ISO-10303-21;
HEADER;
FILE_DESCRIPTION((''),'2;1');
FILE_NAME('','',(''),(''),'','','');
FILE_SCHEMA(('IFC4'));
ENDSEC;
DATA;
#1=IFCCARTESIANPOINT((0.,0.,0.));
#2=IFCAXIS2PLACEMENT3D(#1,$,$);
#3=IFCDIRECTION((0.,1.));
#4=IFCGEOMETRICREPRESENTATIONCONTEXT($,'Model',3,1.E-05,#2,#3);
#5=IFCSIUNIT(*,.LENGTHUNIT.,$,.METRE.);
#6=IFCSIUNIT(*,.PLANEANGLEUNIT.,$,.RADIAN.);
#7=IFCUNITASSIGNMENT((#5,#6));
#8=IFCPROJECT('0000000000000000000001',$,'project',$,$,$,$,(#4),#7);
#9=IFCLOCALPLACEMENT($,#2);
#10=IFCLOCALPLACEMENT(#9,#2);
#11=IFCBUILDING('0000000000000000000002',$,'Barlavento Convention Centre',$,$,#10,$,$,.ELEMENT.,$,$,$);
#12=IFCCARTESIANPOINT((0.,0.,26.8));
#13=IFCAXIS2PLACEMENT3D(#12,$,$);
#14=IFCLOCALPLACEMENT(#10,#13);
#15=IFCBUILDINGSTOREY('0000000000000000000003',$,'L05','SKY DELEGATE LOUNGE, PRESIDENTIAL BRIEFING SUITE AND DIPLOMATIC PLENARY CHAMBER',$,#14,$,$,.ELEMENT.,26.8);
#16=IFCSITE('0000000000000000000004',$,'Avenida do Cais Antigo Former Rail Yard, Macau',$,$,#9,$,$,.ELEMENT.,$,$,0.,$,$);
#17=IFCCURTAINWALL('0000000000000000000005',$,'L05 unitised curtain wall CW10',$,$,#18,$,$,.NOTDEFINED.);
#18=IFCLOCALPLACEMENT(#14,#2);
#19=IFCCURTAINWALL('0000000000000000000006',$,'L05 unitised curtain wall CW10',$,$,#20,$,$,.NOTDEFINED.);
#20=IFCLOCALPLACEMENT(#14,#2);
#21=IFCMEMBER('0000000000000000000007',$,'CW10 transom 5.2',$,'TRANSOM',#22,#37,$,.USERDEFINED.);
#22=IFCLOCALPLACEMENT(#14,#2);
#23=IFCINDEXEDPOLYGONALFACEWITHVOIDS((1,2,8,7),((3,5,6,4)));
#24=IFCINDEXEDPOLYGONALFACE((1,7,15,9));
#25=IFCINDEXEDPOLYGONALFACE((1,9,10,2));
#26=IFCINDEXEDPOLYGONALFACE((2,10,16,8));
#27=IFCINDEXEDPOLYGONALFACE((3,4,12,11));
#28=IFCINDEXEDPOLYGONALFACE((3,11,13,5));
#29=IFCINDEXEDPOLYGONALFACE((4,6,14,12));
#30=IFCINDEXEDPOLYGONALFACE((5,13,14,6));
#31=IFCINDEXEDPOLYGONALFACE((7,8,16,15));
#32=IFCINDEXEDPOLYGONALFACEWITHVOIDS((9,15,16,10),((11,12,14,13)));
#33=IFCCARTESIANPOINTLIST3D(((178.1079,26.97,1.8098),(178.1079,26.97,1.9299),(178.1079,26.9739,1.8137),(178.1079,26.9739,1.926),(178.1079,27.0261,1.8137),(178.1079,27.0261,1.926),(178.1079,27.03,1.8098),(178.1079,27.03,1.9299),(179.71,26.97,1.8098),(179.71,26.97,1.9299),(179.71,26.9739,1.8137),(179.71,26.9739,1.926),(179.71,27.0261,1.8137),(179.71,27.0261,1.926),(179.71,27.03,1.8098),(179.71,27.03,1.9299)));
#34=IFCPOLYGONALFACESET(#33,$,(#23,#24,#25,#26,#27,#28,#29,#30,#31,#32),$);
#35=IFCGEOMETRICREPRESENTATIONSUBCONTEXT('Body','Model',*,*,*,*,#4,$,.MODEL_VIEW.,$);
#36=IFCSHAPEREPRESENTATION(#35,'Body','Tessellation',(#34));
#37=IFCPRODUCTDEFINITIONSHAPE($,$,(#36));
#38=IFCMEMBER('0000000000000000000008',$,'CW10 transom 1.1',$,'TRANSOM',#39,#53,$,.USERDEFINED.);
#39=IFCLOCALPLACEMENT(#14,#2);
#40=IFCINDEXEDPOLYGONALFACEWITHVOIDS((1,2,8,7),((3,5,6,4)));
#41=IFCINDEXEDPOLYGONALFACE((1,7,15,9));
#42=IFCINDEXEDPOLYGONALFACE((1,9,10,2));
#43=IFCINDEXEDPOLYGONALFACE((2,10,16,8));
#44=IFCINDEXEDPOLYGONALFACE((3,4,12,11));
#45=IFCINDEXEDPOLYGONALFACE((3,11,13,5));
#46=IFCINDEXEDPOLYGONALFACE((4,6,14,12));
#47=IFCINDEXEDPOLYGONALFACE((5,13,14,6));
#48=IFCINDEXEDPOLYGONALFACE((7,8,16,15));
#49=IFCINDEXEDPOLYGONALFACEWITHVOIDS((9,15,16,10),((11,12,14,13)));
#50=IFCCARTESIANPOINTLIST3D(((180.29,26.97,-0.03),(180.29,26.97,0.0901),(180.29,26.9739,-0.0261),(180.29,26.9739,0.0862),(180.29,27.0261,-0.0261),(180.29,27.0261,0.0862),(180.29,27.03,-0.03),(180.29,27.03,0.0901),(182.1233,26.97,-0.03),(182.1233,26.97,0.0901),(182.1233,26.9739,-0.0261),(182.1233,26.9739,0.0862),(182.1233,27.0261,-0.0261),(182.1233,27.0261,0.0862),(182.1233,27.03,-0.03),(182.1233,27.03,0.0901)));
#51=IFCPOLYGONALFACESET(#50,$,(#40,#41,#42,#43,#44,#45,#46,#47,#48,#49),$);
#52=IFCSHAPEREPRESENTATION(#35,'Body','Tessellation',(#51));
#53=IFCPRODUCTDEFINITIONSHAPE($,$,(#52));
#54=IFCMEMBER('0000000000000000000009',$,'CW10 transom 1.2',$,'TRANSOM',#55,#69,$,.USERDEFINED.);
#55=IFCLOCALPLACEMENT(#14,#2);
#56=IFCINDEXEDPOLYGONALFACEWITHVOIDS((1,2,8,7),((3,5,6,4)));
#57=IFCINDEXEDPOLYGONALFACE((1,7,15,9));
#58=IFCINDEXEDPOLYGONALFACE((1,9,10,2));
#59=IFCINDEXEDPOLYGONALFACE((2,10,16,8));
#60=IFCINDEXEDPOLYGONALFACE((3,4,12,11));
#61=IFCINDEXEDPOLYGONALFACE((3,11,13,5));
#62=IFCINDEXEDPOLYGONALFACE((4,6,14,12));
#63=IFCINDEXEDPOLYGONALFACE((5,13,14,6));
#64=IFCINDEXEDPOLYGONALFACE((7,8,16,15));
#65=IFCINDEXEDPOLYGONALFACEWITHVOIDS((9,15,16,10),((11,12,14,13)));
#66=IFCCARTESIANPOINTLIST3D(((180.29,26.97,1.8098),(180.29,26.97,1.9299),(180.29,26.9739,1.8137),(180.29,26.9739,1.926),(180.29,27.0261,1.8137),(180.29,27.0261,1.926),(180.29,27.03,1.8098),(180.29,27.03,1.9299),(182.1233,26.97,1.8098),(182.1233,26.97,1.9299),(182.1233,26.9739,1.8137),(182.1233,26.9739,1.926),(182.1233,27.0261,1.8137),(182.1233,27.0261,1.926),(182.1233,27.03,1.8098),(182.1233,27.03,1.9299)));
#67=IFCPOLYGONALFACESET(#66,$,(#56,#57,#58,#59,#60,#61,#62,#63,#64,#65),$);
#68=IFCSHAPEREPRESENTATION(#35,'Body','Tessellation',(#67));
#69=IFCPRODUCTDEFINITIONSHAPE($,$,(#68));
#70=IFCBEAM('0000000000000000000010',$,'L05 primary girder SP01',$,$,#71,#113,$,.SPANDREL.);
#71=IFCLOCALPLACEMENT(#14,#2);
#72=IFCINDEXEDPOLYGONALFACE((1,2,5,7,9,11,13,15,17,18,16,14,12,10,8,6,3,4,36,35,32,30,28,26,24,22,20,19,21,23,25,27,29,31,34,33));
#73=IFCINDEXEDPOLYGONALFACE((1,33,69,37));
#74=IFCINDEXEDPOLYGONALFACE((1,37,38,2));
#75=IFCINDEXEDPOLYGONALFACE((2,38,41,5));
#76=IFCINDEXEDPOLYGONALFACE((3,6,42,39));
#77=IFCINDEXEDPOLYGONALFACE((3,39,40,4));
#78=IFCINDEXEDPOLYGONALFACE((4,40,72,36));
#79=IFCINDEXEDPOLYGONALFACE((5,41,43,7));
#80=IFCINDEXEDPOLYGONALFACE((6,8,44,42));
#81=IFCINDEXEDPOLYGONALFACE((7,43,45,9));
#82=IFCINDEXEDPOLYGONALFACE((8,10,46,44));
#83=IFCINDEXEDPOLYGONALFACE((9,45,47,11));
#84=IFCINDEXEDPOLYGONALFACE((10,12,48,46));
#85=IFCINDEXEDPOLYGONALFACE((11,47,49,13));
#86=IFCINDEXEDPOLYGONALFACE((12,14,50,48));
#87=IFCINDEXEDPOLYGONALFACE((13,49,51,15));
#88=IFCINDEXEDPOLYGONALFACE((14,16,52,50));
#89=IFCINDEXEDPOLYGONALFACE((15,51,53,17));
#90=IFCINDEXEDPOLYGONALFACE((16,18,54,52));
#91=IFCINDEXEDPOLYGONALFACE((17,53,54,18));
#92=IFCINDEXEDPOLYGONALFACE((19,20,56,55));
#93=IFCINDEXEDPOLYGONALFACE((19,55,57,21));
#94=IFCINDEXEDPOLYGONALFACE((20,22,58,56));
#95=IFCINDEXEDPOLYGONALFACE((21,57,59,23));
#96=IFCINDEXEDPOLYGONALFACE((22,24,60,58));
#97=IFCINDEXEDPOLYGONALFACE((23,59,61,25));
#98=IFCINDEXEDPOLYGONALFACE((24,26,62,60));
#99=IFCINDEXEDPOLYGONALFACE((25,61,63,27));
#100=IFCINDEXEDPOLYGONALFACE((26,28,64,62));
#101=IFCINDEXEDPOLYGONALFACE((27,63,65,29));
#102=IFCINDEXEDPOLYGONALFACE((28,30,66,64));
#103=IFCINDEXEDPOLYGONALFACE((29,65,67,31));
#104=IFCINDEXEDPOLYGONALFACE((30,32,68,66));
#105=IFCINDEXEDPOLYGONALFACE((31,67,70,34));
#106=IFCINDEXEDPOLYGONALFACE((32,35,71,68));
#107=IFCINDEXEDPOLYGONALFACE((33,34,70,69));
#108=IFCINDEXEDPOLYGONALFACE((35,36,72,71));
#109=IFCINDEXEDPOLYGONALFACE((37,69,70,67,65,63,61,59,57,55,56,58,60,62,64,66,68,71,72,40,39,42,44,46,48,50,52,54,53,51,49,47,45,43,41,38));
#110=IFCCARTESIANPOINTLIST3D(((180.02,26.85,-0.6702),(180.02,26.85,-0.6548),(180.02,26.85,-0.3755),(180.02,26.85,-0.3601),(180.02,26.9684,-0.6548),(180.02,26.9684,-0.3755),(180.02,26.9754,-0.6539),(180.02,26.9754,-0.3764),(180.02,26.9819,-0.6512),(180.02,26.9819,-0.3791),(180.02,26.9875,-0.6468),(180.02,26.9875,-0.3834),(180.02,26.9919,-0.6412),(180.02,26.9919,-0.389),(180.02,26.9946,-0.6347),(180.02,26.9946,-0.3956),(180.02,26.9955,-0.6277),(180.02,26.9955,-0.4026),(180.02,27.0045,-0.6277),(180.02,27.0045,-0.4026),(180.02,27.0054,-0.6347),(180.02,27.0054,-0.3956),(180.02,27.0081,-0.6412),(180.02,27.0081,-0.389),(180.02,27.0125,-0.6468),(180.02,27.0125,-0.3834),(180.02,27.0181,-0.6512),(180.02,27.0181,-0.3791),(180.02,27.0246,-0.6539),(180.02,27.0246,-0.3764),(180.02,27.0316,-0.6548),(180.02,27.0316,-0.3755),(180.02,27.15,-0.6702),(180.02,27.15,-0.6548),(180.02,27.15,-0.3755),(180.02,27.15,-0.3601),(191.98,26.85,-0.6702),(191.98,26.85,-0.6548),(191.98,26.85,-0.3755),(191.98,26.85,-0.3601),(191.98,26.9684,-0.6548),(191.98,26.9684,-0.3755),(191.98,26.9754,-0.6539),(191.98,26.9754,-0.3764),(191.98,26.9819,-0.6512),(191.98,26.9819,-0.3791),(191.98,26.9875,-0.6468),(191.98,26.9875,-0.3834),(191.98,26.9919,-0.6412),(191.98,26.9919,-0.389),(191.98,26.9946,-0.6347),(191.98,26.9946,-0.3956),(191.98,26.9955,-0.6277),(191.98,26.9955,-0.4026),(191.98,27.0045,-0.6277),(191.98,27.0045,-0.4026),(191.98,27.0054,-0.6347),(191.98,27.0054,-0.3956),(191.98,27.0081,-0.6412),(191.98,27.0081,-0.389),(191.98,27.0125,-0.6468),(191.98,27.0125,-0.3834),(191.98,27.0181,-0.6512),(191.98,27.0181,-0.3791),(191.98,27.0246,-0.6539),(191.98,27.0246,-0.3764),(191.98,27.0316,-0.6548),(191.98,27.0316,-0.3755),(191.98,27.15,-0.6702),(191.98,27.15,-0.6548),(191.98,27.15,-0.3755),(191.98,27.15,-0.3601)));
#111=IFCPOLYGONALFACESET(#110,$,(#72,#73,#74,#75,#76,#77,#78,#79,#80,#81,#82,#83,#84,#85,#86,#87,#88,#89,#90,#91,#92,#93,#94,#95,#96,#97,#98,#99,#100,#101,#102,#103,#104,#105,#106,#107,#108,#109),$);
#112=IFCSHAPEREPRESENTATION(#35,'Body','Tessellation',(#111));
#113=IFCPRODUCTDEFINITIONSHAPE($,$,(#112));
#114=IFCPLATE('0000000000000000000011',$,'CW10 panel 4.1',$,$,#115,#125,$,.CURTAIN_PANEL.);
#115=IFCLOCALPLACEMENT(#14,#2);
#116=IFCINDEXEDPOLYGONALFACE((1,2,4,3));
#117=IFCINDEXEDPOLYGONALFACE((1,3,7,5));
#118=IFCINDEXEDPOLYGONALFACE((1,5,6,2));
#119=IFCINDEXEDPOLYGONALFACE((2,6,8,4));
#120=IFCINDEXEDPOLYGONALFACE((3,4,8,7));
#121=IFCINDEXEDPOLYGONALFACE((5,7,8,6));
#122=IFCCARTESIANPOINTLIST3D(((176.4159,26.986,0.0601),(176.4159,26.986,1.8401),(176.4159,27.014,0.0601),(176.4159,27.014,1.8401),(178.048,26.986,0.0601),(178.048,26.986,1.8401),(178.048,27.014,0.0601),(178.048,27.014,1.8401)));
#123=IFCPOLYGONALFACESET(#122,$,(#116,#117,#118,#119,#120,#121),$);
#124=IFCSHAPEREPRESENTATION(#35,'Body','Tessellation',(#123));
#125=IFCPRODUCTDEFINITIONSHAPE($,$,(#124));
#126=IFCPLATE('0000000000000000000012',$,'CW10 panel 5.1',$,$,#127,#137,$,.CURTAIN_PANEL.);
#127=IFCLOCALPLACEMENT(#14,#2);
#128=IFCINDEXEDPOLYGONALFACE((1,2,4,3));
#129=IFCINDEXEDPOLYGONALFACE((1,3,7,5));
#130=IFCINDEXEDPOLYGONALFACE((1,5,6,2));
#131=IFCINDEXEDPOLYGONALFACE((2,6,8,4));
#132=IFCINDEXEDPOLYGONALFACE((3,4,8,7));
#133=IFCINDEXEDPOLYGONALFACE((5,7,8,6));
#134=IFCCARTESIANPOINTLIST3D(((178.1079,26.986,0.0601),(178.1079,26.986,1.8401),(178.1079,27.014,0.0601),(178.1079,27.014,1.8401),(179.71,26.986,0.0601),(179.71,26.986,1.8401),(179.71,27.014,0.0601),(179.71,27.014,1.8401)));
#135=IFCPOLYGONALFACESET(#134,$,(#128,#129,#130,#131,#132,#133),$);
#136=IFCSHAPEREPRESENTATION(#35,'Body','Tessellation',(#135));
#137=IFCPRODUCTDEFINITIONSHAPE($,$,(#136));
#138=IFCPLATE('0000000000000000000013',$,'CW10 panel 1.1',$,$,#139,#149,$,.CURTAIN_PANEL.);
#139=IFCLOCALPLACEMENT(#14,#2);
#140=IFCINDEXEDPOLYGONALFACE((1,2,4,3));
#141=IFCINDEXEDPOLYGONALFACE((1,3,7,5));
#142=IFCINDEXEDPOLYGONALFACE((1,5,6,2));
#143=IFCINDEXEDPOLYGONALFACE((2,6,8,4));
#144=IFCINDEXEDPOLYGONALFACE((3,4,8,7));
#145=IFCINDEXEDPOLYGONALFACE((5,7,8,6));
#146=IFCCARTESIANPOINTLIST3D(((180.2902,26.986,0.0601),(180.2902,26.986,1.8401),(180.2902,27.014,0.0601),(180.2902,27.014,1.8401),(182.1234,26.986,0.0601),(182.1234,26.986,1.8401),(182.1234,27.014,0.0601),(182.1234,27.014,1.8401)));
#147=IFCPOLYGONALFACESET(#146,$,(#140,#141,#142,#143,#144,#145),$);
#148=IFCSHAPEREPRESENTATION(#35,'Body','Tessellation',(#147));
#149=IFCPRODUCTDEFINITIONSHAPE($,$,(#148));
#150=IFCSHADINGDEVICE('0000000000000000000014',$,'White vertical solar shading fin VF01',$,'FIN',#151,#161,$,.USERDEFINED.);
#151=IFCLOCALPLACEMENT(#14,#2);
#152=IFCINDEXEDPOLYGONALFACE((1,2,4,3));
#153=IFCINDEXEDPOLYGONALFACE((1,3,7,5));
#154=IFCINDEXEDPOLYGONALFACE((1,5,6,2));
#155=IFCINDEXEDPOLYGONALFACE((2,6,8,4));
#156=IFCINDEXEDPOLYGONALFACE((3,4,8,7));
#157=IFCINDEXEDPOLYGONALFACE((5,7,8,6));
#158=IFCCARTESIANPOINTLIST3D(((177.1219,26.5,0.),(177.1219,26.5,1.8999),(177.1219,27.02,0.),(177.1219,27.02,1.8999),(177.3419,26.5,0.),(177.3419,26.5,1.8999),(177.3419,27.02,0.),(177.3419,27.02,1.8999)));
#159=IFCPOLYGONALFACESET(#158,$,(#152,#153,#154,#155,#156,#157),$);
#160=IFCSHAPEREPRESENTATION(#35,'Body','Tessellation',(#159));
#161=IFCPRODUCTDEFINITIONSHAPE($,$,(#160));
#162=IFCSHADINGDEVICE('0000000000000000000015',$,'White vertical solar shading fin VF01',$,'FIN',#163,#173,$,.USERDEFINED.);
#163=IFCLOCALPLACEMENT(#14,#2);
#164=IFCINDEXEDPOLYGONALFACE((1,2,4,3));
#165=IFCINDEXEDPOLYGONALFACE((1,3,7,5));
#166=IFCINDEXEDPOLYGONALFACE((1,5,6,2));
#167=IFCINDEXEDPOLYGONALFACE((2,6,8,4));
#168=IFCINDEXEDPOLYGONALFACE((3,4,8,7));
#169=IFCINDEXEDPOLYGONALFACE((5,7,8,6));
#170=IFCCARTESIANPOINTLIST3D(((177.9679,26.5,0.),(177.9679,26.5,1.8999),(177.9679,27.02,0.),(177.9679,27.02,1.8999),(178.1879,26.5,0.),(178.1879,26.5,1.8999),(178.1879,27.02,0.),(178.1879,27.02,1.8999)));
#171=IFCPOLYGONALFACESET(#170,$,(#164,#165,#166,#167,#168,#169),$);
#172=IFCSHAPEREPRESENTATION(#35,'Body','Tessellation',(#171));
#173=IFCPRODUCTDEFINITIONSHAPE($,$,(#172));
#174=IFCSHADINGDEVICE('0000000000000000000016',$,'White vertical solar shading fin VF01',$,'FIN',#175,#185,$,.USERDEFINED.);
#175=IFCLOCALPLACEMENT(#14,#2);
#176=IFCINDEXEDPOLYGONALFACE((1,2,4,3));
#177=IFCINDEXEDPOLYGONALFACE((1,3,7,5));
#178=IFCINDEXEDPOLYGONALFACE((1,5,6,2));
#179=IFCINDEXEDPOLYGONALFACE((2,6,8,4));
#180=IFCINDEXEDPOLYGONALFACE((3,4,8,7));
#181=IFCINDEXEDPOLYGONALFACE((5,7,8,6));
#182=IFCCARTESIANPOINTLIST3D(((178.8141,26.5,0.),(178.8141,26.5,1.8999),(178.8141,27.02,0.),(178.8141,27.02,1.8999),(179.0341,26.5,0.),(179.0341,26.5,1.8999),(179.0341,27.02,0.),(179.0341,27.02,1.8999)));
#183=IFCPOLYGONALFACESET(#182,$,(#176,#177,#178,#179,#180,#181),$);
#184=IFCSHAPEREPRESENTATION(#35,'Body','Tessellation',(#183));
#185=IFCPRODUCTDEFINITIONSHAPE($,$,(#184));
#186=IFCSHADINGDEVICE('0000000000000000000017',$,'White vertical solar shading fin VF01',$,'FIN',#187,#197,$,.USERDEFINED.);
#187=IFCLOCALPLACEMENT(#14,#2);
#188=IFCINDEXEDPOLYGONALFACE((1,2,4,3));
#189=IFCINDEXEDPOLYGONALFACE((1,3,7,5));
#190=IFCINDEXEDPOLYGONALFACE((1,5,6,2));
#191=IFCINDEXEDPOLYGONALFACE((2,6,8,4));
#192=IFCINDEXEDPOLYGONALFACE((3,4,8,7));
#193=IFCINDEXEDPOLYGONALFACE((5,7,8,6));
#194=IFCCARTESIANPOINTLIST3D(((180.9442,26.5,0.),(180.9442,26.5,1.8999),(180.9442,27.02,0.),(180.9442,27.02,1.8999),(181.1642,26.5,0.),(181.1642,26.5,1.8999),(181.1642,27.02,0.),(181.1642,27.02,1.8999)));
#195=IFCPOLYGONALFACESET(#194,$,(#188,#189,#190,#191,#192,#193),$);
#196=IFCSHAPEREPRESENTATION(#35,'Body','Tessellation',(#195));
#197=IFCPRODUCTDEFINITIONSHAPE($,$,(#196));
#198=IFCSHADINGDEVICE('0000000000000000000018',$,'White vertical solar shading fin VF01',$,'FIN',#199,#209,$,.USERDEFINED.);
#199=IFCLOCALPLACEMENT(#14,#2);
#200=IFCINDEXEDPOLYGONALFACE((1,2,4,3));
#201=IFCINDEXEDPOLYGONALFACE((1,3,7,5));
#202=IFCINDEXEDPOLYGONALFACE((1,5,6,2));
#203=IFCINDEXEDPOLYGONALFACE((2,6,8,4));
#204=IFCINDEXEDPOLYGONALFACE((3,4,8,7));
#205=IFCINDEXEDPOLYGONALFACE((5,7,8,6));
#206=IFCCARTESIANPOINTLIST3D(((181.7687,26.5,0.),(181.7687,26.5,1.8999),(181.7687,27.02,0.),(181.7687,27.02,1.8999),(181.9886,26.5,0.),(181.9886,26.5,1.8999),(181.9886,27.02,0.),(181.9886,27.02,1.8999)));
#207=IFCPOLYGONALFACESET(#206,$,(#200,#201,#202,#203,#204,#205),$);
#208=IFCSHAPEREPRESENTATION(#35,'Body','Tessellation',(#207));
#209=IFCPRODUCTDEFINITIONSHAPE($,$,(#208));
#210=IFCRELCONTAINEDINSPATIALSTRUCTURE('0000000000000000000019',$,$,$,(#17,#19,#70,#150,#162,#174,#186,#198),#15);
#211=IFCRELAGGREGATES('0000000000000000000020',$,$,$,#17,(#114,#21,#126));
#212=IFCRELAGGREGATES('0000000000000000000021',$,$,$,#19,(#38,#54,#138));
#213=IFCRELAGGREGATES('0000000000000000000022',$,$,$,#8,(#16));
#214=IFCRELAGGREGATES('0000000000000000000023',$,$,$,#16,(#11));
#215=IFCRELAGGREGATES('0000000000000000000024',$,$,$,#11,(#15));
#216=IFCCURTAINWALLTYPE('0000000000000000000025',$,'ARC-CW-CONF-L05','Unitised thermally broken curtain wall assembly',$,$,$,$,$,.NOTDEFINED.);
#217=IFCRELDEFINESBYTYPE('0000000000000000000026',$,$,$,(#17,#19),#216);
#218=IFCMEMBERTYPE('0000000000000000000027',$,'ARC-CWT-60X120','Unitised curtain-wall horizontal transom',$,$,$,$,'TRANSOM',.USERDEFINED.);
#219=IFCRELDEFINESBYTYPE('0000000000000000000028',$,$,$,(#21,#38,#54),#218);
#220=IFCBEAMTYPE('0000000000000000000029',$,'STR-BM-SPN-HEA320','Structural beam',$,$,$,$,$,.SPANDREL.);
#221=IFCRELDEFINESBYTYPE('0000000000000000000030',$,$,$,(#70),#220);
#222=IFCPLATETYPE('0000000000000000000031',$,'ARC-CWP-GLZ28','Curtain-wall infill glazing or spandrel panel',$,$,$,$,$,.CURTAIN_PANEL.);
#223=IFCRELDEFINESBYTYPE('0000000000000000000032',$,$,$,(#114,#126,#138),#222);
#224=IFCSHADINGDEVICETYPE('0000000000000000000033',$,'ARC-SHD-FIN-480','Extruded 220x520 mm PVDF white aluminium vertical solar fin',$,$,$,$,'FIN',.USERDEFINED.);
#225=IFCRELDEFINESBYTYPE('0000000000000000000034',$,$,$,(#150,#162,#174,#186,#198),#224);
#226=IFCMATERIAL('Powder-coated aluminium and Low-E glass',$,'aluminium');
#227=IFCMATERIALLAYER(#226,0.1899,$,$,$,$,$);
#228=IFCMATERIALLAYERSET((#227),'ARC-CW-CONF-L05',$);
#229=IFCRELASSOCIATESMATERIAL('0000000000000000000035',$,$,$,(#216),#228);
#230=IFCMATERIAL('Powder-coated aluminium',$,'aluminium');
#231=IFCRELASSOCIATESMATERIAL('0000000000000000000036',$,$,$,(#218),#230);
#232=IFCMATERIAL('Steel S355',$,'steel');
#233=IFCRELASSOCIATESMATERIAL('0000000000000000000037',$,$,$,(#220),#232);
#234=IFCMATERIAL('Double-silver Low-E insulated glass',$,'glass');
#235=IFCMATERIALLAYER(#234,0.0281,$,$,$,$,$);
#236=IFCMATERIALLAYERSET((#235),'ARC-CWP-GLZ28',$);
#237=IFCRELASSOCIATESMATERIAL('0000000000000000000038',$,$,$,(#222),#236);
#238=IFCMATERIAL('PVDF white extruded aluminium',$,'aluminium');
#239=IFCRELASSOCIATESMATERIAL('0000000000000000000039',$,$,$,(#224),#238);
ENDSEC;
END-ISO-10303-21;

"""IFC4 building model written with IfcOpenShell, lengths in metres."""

from ifc_helpers import new_model, si_unit, direction, frame, origin, origin_2d, place, context, subcontext, project, spatial, rectangle, hollow_rectangle, i_section, extrude, material, layer, layer_set, material_profile, profile_set, type_object, element, aggregate, save


model = new_model("IFC4")

# Units and contexts
model_context = context("Model", 3, precision=1e-05, world=origin(), true_north=direction((0.0, 1.0)))
body_context = subcontext(model_context, "Body", "Model", "MODEL_VIEW")
ifc_project = project(units=[si_unit("LENGTHUNIT", "METRE"), si_unit("PLANEANGLEUNIT", "RADIAN")], contexts=[model_context])

# Site, building, storey
site_placement = place(None, origin())
site = spatial("IfcSite", under=ifc_project, at=site_placement, Name="Avenida do Cais Antigo Former Rail Yard, Macau", CompositionType="ELEMENT", RefElevation=0.0)
building_placement = place(site_placement, origin())
building = spatial("IfcBuilding", under=site, at=building_placement, Name="Barlavento Convention Centre", CompositionType="ELEMENT")
storey_placement = place(building_placement, frame((0.0, 0.0, 26.8)))
storey = spatial("IfcBuildingStorey", under=building, at=storey_placement, Name="L05", Description="SKY DELEGATE LOUNGE, PRESIDENTIAL BRIEFING SUITE AND DIPLOMATIC PLENARY CHAMBER", CompositionType="ELEMENT", Elevation=26.8)

# Shared definitions
ifc_material_1 = material(Name="Steel S355", Category="steel")

# Curtain walls
ifc_material_2 = material(Name="Powder-coated aluminium and Low-E glass", Category="aluminium")
ifc_layer_1 = layer(ifc_material_2, 0.1899)
ifc_layer_set_1 = layer_set([ifc_layer_1], Name="ARC-CW-CONF-L05")
curtain_wall_type = type_object("IfcCurtainWallType", Name="ARC-CW-CONF-L05", Description="Unitised thermally broken curtain wall assembly", PredefinedType="NOTDEFINED", material=ifc_layer_set_1)
curtain_wall_1_placement = place(storey_placement, origin())
curtain_wall_1 = element("IfcCurtainWall", 1, at=curtain_wall_1_placement, inside=storey, type_object=curtain_wall_type, Name="L05 unitised curtain wall CW10", PredefinedType="NOTDEFINED")
ifc_material_3 = material(Name="Powder-coated aluminium", Category="aluminium")
curtain_wall_2_placement = place(storey_placement, origin())
curtain_wall_2 = element("IfcCurtainWall", 2, at=curtain_wall_2_placement, inside=storey, type_object=curtain_wall_type, Name="L05 unitised curtain wall CW10", PredefinedType="NOTDEFINED")

# Members
ifc_material_profile_1 = material_profile(ifc_material_3, hollow_rectangle(XDim=0.0601, YDim=0.1201, WallThickness=0.0039, at=origin_2d()), Name="AL-TRAN 60x120x4")
ifc_profile_set_1 = profile_set([ifc_material_profile_1], Name="Powder-coated aluminium")
member_type_1 = type_object("IfcMemberType", Name="ARC-CWT-60X120", Description="Unitised curtain-wall horizontal transom", ElementType="TRANSOM", PredefinedType="USERDEFINED", material=ifc_profile_set_1)
member_1_placement = place(storey_placement, frame((178.1079, 27.0, 1.8699), z_axis=(1.0, 0.0, 0.0), x_axis=(0.0, 1.0, 0.0)))
member_1 = element("IfcMember", 3, at=member_1_placement, type_object=member_type_1, Name="CW10 transom 5.2", ObjectType="TRANSOM", PredefinedType="USERDEFINED", context=body_context, shape_type="SweptSolid", body=[
    extrude(hollow_rectangle(XDim=0.0601, YDim=0.1201, WallThickness=0.0039, at=origin_2d()), origin(), (0.0, 0.0, 1.0), 1.6021),
])
member_2_placement = place(storey_placement, frame((180.29, 27.0, 0.03), z_axis=(1.0, 0.0, 0.0), x_axis=(0.0, 1.0, 0.0)))
member_2 = element("IfcMember", 4, at=member_2_placement, type_object=member_type_1, Name="CW10 transom 1.1", ObjectType="TRANSOM", PredefinedType="USERDEFINED", context=body_context, shape_type="SweptSolid", body=[
    extrude(hollow_rectangle(XDim=0.0601, YDim=0.1201, WallThickness=0.0039, at=origin_2d()), origin(), (0.0, 0.0, 1.0), 1.8333),
])
member_3_placement = place(storey_placement, frame((180.29, 27.0, 1.8699), z_axis=(1.0, 0.0, 0.0), x_axis=(0.0, 1.0, 0.0)))
member_3 = element("IfcMember", 5, at=member_3_placement, type_object=member_type_1, Name="CW10 transom 1.2", ObjectType="TRANSOM", PredefinedType="USERDEFINED", context=body_context, shape_type="SweptSolid", body=[
    extrude(hollow_rectangle(XDim=0.0601, YDim=0.1201, WallThickness=0.0039, at=origin_2d()), origin(), (0.0, 0.0, 1.0), 1.8333),
])

# Beam
ifc_material_profile_2 = material_profile(ifc_material_1, i_section(OverallWidth=0.3, OverallDepth=0.3101, WebThickness=0.009, FlangeThickness=0.0154, FilletRadius=0.0271, at=origin_2d()), Name="HEA 320")
ifc_profile_set_2 = profile_set([ifc_material_profile_2], Name="Steel S355")
beam_type = type_object("IfcBeamType", Name="STR-BM-SPN-HEA320", Description="Structural beam", PredefinedType="SPANDREL", material=ifc_profile_set_2)
beam_placement = place(storey_placement, frame((180.02, 27.0, -0.5151), z_axis=(1.0, 0.0, 0.0), x_axis=(0.0, 1.0, 0.0)))
element("IfcBeam", 6, at=beam_placement, inside=storey, type_object=beam_type, Name="L05 primary girder SP01", PredefinedType="SPANDREL", context=body_context, shape_type="SweptSolid", body=[
    extrude(i_section(OverallWidth=0.3, OverallDepth=0.3101, WebThickness=0.009, FlangeThickness=0.0154, FilletRadius=0.0271, at=origin_2d()), origin(), (0.0, 0.0, 1.0), 11.96),
])

# Plates
ifc_material_4 = material(Name="Double-silver Low-E insulated glass", Category="glass")
ifc_layer_2 = layer(ifc_material_4, 0.0281)
ifc_layer_set_2 = layer_set([ifc_layer_2], Name="ARC-CWP-GLZ28")
plate_type = type_object("IfcPlateType", Name="ARC-CWP-GLZ28", Description="Curtain-wall infill glazing or spandrel panel", PredefinedType="CURTAIN_PANEL", material=ifc_layer_set_2)
plate_1_placement = place(storey_placement, frame((177.2319, 27.0, 0.0601), z_axis=(0.0, 0.0, 1.0), x_axis=(1.0, 0.0, 0.0)))
plate_1 = element("IfcPlate", 7, at=plate_1_placement, type_object=plate_type, Name="CW10 panel 4.1", PredefinedType="CURTAIN_PANEL", context=body_context, shape_type="SweptSolid", body=[
    extrude(rectangle(XDim=1.6321, YDim=0.0281, at=origin_2d()), origin(), (0.0, 0.0, 1.0), 1.78),
])
plate_2_placement = place(storey_placement, frame((178.9089, 27.0, 0.0601), z_axis=(0.0, 0.0, 1.0), x_axis=(1.0, 0.0, 0.0)))
plate_2 = element("IfcPlate", 8, at=plate_2_placement, type_object=plate_type, Name="CW10 panel 5.1", PredefinedType="CURTAIN_PANEL", context=body_context, shape_type="SweptSolid", body=[
    extrude(rectangle(XDim=1.6021, YDim=0.0281, at=origin_2d()), origin(), (0.0, 0.0, 1.0), 1.78),
])
aggregate(curtain_wall_1, [plate_1, member_1, plate_2])
plate_3_placement = place(storey_placement, frame((181.2068, 27.0, 0.0601), z_axis=(0.0, 0.0, 1.0), x_axis=(1.0, 0.0, 0.0)))
plate_3 = element("IfcPlate", 9, at=plate_3_placement, type_object=plate_type, Name="CW10 panel 1.1", PredefinedType="CURTAIN_PANEL", context=body_context, shape_type="SweptSolid", body=[
    extrude(rectangle(XDim=1.8333, YDim=0.0281, at=origin_2d()), origin(), (0.0, 0.0, 1.0), 1.78),
])
aggregate(curtain_wall_2, [member_2, member_3, plate_3])

# Shading devices
ifc_material_5 = material(Name="PVDF white extruded aluminium", Category="aluminium")
shading_device_type = type_object("IfcShadingDeviceType", Name="ARC-SHD-FIN-480", Description="Extruded 220x520 mm PVDF white aluminium vertical solar fin", ElementType="FIN", PredefinedType="USERDEFINED", material=ifc_material_5)
for number, where, z_axis, x_axis, name in (
    (10, (177.2319, 26.76, 0.0), (0.0, 0.0, 1.0), (1.0, 0.0, 0.0), "White vertical solar shading fin VF01"),
    (11, (178.0779, 26.76, 0.0), (0.0, 0.0, 1.0), (1.0, 0.0, 0.0), "White vertical solar shading fin VF01"),
    (12, (178.9241, 26.76, 0.0), (0.0, 0.0, 1.0), (1.0, 0.0, 0.0), "White vertical solar shading fin VF01"),
    (13, (181.0542, 26.76, 0.0), (0.0, 0.0, 1.0), (1.0, 0.0, 0.0), "White vertical solar shading fin VF01"),
    (14, (181.8787, 26.76, 0.0), (0.0, 0.0, 1.0), (1.0, 0.0, 0.0), "White vertical solar shading fin VF01"),
):
    element("IfcShadingDevice", number, at=place(storey_placement, frame(where, z_axis=z_axis, x_axis=x_axis)), inside=storey, type_object=shading_device_type, Name=name, ObjectType="FIN", PredefinedType="USERDEFINED", context=body_context, shape_type="SweptSolid", body=[
        extrude(rectangle(XDim=0.22, YDim=0.52, at=origin_2d()), origin(), (0.0, 0.0, 1.0), 1.8999),
    ])

save(model, "model.ifc")
